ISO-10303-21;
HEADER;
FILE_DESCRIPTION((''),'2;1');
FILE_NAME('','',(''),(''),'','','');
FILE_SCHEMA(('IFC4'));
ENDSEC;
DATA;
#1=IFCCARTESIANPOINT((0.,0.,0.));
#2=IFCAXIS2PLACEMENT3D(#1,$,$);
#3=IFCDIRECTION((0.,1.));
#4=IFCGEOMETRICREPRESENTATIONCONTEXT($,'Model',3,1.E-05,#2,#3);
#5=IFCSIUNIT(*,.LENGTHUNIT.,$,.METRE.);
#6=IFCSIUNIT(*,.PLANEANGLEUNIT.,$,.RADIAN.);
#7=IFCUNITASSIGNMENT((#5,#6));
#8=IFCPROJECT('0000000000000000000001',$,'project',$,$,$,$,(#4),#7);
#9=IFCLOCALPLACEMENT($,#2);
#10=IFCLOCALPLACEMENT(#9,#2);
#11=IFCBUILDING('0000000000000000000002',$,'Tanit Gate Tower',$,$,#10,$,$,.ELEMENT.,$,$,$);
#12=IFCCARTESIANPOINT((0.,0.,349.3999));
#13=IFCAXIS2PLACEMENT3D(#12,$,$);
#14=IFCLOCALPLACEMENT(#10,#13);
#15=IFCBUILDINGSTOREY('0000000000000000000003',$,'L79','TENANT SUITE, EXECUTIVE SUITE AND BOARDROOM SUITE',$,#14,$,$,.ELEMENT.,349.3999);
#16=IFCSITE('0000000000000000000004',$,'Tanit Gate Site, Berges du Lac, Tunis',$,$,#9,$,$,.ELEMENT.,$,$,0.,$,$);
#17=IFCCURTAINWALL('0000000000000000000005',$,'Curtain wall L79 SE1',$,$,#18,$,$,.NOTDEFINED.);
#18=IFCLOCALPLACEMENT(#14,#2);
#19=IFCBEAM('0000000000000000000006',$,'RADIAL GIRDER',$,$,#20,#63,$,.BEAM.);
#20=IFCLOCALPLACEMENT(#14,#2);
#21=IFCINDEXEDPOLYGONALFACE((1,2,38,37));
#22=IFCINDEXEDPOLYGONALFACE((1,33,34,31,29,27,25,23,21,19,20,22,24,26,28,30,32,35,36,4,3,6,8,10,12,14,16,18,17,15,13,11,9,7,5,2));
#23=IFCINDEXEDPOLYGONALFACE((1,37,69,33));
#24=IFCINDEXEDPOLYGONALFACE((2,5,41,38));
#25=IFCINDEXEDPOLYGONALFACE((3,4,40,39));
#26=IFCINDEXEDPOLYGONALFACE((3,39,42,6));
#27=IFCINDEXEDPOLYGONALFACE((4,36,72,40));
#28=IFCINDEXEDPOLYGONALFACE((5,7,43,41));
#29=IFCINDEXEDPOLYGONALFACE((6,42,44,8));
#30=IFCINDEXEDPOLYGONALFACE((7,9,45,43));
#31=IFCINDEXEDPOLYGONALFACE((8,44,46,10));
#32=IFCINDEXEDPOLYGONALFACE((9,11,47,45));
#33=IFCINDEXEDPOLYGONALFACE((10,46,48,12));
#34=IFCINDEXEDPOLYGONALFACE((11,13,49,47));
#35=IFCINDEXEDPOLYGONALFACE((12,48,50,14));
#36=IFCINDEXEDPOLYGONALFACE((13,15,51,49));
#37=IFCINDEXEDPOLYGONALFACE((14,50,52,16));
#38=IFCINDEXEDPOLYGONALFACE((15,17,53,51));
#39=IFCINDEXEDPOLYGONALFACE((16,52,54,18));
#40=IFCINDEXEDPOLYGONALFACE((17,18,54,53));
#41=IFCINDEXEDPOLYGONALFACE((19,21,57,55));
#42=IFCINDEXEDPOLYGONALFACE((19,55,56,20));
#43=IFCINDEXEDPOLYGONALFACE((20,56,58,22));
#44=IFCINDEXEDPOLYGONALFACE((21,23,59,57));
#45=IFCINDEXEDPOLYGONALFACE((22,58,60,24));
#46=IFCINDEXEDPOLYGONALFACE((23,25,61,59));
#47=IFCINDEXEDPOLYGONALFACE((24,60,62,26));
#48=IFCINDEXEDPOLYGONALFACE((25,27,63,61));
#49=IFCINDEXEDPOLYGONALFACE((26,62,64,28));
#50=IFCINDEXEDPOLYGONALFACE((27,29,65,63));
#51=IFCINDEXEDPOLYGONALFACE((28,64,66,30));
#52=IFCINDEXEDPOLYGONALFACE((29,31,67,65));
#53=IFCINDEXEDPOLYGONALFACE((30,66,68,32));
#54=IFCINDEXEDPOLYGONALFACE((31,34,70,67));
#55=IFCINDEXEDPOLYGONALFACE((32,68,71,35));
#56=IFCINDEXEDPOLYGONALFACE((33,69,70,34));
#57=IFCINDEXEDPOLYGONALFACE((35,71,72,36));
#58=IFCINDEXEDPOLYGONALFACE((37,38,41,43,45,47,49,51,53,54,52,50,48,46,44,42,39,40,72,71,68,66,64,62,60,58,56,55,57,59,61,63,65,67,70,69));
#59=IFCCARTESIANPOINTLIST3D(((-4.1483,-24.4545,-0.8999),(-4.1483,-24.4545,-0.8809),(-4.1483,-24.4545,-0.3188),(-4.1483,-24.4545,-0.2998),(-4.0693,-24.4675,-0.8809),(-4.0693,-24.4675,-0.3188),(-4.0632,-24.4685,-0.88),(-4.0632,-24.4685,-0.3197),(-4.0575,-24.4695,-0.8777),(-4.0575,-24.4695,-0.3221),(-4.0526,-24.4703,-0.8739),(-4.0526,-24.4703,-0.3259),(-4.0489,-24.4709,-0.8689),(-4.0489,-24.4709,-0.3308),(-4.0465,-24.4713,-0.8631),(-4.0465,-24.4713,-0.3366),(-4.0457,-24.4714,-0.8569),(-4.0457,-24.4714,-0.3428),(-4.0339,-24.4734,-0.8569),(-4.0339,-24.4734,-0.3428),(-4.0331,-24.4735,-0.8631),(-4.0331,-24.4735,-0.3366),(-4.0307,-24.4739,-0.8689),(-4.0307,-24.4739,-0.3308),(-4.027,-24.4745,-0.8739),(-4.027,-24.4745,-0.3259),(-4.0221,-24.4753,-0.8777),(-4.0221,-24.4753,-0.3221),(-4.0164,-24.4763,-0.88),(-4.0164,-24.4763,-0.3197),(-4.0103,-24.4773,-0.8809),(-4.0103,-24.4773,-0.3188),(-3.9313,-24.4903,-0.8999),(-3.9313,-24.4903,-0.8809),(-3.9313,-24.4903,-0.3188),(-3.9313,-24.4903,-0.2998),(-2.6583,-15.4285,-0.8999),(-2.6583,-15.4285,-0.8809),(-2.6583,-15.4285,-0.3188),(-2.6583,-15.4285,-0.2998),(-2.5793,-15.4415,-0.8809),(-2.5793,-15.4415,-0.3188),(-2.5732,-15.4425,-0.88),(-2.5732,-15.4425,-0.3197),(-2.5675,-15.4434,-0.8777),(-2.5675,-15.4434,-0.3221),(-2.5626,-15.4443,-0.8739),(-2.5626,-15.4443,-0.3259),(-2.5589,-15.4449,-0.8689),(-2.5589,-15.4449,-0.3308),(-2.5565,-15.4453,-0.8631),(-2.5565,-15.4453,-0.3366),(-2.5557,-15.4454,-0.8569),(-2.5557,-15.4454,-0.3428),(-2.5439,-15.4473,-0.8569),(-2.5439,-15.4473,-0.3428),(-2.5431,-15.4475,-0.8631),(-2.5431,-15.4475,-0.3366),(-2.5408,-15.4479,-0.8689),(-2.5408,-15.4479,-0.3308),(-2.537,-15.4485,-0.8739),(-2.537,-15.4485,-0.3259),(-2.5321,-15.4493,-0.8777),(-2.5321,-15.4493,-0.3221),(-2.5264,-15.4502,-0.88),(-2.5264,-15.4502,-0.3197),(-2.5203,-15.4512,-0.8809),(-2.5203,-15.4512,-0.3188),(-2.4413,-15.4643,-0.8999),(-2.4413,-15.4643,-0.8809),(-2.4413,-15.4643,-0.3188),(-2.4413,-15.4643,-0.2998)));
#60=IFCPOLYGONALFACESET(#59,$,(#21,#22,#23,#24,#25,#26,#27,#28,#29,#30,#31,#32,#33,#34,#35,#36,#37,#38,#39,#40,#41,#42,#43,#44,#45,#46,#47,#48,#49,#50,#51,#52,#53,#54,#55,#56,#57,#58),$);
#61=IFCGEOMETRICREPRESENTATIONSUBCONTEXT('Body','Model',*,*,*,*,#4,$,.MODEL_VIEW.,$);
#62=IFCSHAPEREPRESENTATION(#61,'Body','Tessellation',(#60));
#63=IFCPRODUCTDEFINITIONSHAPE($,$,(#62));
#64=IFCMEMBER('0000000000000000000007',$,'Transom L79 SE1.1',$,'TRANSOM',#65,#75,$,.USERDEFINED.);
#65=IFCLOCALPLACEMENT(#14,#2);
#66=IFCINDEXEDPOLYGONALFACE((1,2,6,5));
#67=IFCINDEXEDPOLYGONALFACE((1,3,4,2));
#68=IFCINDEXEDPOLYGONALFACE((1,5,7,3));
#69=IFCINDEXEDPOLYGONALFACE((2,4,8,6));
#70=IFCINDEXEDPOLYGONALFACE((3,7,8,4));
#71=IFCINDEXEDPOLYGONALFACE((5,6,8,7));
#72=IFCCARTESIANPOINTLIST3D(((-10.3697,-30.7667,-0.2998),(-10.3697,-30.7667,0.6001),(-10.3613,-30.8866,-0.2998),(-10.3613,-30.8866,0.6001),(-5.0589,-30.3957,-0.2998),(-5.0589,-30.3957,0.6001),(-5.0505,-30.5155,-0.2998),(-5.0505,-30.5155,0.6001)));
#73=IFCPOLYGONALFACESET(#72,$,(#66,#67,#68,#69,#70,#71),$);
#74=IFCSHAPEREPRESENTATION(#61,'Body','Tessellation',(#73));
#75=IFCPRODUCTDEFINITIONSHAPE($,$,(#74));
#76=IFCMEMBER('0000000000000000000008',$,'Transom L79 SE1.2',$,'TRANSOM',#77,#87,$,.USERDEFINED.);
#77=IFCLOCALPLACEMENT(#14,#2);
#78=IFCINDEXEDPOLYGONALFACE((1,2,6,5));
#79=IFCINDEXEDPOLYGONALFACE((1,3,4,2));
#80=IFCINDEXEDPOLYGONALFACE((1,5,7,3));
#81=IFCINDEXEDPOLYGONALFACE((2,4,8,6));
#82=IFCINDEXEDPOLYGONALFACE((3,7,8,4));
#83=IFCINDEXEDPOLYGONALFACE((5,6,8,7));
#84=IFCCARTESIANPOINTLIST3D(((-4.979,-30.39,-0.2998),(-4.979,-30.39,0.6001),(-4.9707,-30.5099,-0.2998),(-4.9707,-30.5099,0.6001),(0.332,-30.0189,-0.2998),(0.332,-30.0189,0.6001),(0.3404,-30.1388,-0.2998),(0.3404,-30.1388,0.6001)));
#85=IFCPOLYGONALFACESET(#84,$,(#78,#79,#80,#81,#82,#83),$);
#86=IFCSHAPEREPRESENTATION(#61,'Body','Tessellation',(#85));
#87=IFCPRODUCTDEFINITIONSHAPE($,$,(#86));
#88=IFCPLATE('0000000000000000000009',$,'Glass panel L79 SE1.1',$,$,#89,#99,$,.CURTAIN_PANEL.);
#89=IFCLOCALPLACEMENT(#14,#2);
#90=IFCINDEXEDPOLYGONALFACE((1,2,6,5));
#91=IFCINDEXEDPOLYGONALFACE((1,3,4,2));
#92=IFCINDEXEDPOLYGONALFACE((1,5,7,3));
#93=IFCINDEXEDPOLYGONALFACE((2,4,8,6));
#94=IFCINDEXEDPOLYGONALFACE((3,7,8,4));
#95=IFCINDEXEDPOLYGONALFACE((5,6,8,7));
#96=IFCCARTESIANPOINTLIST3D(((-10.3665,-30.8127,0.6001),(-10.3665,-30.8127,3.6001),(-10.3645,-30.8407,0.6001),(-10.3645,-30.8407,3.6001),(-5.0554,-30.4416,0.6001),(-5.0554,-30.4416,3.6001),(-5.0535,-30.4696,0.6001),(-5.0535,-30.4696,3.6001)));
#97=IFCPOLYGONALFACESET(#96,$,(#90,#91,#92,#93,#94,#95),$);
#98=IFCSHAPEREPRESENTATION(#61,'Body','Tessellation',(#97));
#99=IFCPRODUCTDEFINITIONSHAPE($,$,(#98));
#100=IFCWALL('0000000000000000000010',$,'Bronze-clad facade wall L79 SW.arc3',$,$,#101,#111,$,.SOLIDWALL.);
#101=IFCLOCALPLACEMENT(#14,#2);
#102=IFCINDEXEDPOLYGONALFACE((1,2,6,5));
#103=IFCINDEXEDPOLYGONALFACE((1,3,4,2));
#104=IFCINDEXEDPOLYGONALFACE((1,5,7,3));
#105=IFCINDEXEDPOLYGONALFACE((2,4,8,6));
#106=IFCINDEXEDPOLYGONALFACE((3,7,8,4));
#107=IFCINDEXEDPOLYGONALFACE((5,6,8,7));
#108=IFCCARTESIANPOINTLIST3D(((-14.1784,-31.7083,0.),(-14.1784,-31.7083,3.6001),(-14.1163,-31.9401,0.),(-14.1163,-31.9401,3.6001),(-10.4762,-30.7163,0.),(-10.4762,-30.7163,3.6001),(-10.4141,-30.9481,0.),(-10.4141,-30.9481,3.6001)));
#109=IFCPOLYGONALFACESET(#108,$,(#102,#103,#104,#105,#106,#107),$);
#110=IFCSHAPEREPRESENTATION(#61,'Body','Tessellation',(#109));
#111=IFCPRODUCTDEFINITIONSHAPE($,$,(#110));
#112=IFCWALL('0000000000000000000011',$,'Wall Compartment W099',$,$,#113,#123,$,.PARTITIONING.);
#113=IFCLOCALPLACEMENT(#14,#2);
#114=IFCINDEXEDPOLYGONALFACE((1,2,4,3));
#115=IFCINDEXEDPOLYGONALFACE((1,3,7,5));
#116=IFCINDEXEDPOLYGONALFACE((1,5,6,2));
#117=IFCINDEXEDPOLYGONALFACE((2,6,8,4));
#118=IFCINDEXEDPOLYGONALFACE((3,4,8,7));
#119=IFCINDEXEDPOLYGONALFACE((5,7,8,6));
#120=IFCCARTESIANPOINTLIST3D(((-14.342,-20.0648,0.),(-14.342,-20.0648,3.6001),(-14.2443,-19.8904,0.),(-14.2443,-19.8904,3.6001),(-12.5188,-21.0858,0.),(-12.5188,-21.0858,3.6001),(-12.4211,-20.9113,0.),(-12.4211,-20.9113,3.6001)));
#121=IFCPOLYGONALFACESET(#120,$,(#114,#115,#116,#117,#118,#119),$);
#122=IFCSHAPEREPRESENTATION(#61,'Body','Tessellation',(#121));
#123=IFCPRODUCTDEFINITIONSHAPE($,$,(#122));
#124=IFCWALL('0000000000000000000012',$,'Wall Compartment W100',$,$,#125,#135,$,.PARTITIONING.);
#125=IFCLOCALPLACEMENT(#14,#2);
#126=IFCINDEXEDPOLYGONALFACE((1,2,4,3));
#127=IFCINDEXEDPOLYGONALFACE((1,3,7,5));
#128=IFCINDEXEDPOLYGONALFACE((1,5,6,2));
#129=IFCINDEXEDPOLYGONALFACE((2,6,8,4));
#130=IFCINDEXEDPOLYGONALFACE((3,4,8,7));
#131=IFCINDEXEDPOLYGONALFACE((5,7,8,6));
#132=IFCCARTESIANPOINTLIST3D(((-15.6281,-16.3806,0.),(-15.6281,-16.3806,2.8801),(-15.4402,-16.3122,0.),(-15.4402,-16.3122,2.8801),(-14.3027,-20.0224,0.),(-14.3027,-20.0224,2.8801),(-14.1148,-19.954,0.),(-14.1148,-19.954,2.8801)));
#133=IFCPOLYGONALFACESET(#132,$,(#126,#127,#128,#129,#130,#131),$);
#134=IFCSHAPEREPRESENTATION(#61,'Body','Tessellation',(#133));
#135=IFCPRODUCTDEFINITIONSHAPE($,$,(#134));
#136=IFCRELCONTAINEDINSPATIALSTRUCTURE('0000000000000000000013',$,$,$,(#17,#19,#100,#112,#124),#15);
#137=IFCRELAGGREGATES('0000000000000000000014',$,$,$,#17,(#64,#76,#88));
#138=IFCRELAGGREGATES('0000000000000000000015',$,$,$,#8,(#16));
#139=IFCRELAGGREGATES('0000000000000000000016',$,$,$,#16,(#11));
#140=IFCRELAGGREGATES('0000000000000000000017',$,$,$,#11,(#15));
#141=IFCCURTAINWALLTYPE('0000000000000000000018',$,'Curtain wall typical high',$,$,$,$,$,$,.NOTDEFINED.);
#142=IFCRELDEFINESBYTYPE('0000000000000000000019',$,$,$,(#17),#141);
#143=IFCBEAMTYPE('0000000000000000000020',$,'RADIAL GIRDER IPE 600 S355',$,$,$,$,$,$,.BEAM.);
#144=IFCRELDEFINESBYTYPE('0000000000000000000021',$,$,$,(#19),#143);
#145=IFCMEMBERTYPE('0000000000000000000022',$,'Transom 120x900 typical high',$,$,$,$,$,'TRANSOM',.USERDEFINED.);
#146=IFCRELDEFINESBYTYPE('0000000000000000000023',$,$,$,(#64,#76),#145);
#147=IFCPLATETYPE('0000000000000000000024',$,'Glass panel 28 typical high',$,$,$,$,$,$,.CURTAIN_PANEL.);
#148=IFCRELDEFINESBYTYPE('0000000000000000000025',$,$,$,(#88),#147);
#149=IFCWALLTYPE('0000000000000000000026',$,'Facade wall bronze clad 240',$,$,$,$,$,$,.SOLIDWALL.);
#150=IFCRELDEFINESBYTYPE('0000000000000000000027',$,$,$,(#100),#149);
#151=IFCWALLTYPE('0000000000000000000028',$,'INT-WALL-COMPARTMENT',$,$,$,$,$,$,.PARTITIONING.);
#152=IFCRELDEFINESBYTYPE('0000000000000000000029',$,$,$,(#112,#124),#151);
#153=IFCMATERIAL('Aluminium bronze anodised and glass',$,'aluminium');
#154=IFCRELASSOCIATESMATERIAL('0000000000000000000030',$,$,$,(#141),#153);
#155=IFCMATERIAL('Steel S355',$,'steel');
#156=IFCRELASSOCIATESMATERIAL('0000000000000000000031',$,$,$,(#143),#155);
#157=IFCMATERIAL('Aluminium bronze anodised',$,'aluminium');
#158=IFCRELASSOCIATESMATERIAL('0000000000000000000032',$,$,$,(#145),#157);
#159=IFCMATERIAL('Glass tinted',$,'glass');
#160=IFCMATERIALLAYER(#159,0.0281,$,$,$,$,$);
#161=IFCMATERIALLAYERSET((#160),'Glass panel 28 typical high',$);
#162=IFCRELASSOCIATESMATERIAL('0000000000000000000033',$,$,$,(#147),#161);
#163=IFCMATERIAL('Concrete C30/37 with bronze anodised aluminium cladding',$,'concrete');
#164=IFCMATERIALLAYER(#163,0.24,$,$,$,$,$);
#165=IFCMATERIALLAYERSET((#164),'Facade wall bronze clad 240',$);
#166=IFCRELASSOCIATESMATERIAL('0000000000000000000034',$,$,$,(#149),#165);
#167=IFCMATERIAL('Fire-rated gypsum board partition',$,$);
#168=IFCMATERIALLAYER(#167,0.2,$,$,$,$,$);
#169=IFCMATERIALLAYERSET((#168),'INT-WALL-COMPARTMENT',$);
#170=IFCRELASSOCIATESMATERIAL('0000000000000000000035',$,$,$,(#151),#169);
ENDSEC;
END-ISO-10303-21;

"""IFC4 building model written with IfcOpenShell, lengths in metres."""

from ifc_helpers import new_model, si_unit, direction, frame, frame_2d, origin, origin_2d, place, context, subcontext, project, spatial, rectangle, i_section, extrude, material, layer, layer_set, material_profile, profile_set, type_object, element, aggregate, save


model = new_model("IFC4")

# Units and contexts
model_context = context("Model", 3, precision=1e-05, world=origin(), true_north=direction((0.0, 1.0)))
body_context = subcontext(model_context, "Body", "Model", "MODEL_VIEW")
ifc_project = project(units=[si_unit("LENGTHUNIT", "METRE"), si_unit("PLANEANGLEUNIT", "RADIAN")], contexts=[model_context])

# Site, building, storey
site_placement = place(None, origin())
site = spatial("IfcSite", under=ifc_project, at=site_placement, Name="Tanit Gate Site, Berges du Lac, Tunis", CompositionType="ELEMENT", RefElevation=0.0)
building_placement = place(site_placement, origin())
building = spatial("IfcBuilding", under=site, at=building_placement, Name="Tanit Gate Tower", CompositionType="ELEMENT")
storey_placement = place(building_placement, frame((0.0, 0.0, 349.3999)))
storey = spatial("IfcBuildingStorey", under=building, at=storey_placement, Name="L79", Description="TENANT SUITE, EXECUTIVE SUITE AND BOARDROOM SUITE", CompositionType="ELEMENT", Elevation=349.3999)

# Curtain wall
ifc_material_1 = material(Name="Aluminium bronze anodised and glass", Category="aluminium")
curtain_wall_type = type_object("IfcCurtainWallType", Name="Curtain wall typical high", PredefinedType="NOTDEFINED", material=ifc_material_1)
curtain_wall_placement = place(storey_placement, origin())
curtain_wall = element("IfcCurtainWall", 1, at=curtain_wall_placement, inside=storey, type_object=curtain_wall_type, Name="Curtain wall L79 SE1", PredefinedType="NOTDEFINED")

# Beam
ifc_material_2 = material(Name="Steel S355", Category="steel")
ifc_material_profile_1 = material_profile(ifc_material_2, i_section(OverallWidth=0.22, OverallDepth=0.6001, WebThickness=0.012, FlangeThickness=0.019, FilletRadius=0.0239, at=origin_2d()), Name="IPE 600")
ifc_profile_set_1 = profile_set([ifc_material_profile_1], Name="Steel S355")
beam_type_1 = type_object("IfcBeamType", Name="RADIAL GIRDER IPE 600 S355", PredefinedType="BEAM", material=ifc_profile_set_1)
beam_1_placement = place(storey_placement, frame((-4.0398, -24.4724, -0.5999), z_axis=(0.162871, 0.986647, 0.0), x_axis=(-0.986647, 0.162871, 0.0)))
element("IfcBeam", 2, at=beam_1_placement, inside=storey, type_object=beam_type_1, Name="RADIAL GIRDER", PredefinedType="BEAM", context=body_context, shape_type="SweptSolid", body=[
    extrude(i_section(OverallWidth=0.22, OverallDepth=0.6001, WebThickness=0.012, FlangeThickness=0.019, FilletRadius=0.0239, at=origin_2d()), origin(), (0.0, 0.0, 1.0), 9.1482),
])

# Members
ifc_material_3 = material(Name="Aluminium bronze anodised", Category="aluminium")
ifc_material_profile_2 = material_profile(ifc_material_3, rectangle(XDim=0.1201, YDim=0.8999, at=origin_2d()), Name="120x900 bronze transom")
ifc_profile_set_2 = profile_set([ifc_material_profile_2], Name="Aluminium bronze anodised")
member_type_1 = type_object("IfcMemberType", Name="Transom 120x900 typical high", ElementType="TRANSOM", PredefinedType="USERDEFINED", material=ifc_profile_set_2)
member_1_placement = place(storey_placement, frame((-10.3655, -30.8267, 0.1501), z_axis=(0.997568, 0.069705, 0.0), x_axis=(-0.069705, 0.997568, 0.0)))
member_1 = element("IfcMember", 3, at=member_1_placement, type_object=member_type_1, Name="Transom L79 SE1.1", ObjectType="TRANSOM", PredefinedType="USERDEFINED", context=body_context, shape_type="SweptSolid", body=[
    extrude(rectangle(XDim=0.1201, YDim=0.8999, at=origin_2d()), origin(), (0.0, 0.0, 1.0), 5.3237),
])
member_2_placement = place(storey_placement, frame((-4.9749, -30.45, 0.1501), z_axis=(0.997568, 0.069702, 0.0), x_axis=(-0.069702, 0.997568, 0.0)))
member_2 = element("IfcMember", 4, at=member_2_placement, type_object=member_type_1, Name="Transom L79 SE1.2", ObjectType="TRANSOM", PredefinedType="USERDEFINED", context=body_context, shape_type="SweptSolid", body=[
    extrude(rectangle(XDim=0.1201, YDim=0.8999, at=origin_2d()), origin(), (0.0, 0.0, 1.0), 5.324),
])

# Plate
ifc_material_4 = material(Name="Glass tinted", Category="glass")
ifc_layer_1 = layer(ifc_material_4, 0.0281)
ifc_layer_set_1 = layer_set([ifc_layer_1], Name="Glass panel 28 typical high")
plate_type = type_object("IfcPlateType", Name="Glass panel 28 typical high", PredefinedType="CURTAIN_PANEL", material=ifc_layer_set_1)
plate_placement = place(storey_placement, frame((-7.71, -30.6411, 0.6001), z_axis=(0.0, 0.0, 1.0), x_axis=(0.997568, 0.069702, 0.0)))
plate = element("IfcPlate", 5, at=plate_placement, type_object=plate_type, Name="Glass panel L79 SE1.1", PredefinedType="CURTAIN_PANEL", context=body_context, shape_type="SweptSolid", body=[
    extrude(rectangle(XDim=5.324, YDim=0.0281, at=origin_2d()), origin(), (0.0, 0.0, 1.0), 3.0),
])
aggregate(curtain_wall, [member_1, member_2, plate])

# Walls
ifc_material_5 = material(Name="Concrete C30/37 with bronze anodised aluminium cladding", Category="concrete")
ifc_layer_2 = layer(ifc_material_5, 0.24)
ifc_layer_set_2 = layer_set([ifc_layer_2], Name="Facade wall bronze clad 240")
wall_type_1 = type_object("IfcWallType", Name="Facade wall bronze clad 240", PredefinedType="SOLIDWALL", material=ifc_layer_set_2)
wall_1_placement = place(storey_placement, frame((-14.1475, -31.8242, 0.0), z_axis=(0.0, 0.0, 1.0), x_axis=(0.965929, 0.258808, 0.0)))
element("IfcWall", 6, at=wall_1_placement, inside=storey, type_object=wall_type_1, Name="Bronze-clad facade wall L79 SW.arc3", PredefinedType="SOLIDWALL", context=body_context, shape_type="SweptSolid", body=[
    extrude(rectangle(XDim=3.8328, YDim=0.24, at=frame_2d((1.9165, 0.0))), origin(), (0.0, 0.0, 1.0), 3.6001),
])
ifc_material_6 = material(Name="Fire-rated gypsum board partition")
ifc_layer_3 = layer(ifc_material_6, 0.2)
ifc_layer_set_3 = layer_set([ifc_layer_3], Name="INT-WALL-COMPARTMENT")
wall_type_2 = type_object("IfcWallType", Name="INT-WALL-COMPARTMENT", PredefinedType="PARTITIONING", material=ifc_layer_set_3)
wall_2_placement = place(storey_placement, frame((-14.2932, -19.9775, 0.0), z_axis=(0.0, 0.0, 1.0), x_axis=(0.87251, -0.488596, 0.0)))
element("IfcWall", 7, at=wall_2_placement, inside=storey, type_object=wall_type_2, Name="Wall Compartment W099", PredefinedType="PARTITIONING", context=body_context, shape_type="SweptSolid", body=[
    extrude(rectangle(XDim=2.0896, YDim=0.2, at=frame_2d((1.0449, 0.0))), origin(), (0.0, 0.0, 1.0), 3.6001),
])
wall_3_placement = place(storey_placement, frame((-15.5342, -16.3464, 0.0), z_axis=(0.0, 0.0, 1.0), x_axis=(0.342001, -0.9397, 0.0)))
element("IfcWall", 8, at=wall_3_placement, inside=storey, type_object=wall_type_2, Name="Wall Compartment W100", PredefinedType="PARTITIONING", context=body_context, shape_type="SweptSolid", body=[
    extrude(rectangle(XDim=3.8755, YDim=0.2, at=frame_2d((1.9377, 0.0))), origin(), (0.0, 0.0, 1.0), 2.8801),
])

save(model, "model.ifc")
